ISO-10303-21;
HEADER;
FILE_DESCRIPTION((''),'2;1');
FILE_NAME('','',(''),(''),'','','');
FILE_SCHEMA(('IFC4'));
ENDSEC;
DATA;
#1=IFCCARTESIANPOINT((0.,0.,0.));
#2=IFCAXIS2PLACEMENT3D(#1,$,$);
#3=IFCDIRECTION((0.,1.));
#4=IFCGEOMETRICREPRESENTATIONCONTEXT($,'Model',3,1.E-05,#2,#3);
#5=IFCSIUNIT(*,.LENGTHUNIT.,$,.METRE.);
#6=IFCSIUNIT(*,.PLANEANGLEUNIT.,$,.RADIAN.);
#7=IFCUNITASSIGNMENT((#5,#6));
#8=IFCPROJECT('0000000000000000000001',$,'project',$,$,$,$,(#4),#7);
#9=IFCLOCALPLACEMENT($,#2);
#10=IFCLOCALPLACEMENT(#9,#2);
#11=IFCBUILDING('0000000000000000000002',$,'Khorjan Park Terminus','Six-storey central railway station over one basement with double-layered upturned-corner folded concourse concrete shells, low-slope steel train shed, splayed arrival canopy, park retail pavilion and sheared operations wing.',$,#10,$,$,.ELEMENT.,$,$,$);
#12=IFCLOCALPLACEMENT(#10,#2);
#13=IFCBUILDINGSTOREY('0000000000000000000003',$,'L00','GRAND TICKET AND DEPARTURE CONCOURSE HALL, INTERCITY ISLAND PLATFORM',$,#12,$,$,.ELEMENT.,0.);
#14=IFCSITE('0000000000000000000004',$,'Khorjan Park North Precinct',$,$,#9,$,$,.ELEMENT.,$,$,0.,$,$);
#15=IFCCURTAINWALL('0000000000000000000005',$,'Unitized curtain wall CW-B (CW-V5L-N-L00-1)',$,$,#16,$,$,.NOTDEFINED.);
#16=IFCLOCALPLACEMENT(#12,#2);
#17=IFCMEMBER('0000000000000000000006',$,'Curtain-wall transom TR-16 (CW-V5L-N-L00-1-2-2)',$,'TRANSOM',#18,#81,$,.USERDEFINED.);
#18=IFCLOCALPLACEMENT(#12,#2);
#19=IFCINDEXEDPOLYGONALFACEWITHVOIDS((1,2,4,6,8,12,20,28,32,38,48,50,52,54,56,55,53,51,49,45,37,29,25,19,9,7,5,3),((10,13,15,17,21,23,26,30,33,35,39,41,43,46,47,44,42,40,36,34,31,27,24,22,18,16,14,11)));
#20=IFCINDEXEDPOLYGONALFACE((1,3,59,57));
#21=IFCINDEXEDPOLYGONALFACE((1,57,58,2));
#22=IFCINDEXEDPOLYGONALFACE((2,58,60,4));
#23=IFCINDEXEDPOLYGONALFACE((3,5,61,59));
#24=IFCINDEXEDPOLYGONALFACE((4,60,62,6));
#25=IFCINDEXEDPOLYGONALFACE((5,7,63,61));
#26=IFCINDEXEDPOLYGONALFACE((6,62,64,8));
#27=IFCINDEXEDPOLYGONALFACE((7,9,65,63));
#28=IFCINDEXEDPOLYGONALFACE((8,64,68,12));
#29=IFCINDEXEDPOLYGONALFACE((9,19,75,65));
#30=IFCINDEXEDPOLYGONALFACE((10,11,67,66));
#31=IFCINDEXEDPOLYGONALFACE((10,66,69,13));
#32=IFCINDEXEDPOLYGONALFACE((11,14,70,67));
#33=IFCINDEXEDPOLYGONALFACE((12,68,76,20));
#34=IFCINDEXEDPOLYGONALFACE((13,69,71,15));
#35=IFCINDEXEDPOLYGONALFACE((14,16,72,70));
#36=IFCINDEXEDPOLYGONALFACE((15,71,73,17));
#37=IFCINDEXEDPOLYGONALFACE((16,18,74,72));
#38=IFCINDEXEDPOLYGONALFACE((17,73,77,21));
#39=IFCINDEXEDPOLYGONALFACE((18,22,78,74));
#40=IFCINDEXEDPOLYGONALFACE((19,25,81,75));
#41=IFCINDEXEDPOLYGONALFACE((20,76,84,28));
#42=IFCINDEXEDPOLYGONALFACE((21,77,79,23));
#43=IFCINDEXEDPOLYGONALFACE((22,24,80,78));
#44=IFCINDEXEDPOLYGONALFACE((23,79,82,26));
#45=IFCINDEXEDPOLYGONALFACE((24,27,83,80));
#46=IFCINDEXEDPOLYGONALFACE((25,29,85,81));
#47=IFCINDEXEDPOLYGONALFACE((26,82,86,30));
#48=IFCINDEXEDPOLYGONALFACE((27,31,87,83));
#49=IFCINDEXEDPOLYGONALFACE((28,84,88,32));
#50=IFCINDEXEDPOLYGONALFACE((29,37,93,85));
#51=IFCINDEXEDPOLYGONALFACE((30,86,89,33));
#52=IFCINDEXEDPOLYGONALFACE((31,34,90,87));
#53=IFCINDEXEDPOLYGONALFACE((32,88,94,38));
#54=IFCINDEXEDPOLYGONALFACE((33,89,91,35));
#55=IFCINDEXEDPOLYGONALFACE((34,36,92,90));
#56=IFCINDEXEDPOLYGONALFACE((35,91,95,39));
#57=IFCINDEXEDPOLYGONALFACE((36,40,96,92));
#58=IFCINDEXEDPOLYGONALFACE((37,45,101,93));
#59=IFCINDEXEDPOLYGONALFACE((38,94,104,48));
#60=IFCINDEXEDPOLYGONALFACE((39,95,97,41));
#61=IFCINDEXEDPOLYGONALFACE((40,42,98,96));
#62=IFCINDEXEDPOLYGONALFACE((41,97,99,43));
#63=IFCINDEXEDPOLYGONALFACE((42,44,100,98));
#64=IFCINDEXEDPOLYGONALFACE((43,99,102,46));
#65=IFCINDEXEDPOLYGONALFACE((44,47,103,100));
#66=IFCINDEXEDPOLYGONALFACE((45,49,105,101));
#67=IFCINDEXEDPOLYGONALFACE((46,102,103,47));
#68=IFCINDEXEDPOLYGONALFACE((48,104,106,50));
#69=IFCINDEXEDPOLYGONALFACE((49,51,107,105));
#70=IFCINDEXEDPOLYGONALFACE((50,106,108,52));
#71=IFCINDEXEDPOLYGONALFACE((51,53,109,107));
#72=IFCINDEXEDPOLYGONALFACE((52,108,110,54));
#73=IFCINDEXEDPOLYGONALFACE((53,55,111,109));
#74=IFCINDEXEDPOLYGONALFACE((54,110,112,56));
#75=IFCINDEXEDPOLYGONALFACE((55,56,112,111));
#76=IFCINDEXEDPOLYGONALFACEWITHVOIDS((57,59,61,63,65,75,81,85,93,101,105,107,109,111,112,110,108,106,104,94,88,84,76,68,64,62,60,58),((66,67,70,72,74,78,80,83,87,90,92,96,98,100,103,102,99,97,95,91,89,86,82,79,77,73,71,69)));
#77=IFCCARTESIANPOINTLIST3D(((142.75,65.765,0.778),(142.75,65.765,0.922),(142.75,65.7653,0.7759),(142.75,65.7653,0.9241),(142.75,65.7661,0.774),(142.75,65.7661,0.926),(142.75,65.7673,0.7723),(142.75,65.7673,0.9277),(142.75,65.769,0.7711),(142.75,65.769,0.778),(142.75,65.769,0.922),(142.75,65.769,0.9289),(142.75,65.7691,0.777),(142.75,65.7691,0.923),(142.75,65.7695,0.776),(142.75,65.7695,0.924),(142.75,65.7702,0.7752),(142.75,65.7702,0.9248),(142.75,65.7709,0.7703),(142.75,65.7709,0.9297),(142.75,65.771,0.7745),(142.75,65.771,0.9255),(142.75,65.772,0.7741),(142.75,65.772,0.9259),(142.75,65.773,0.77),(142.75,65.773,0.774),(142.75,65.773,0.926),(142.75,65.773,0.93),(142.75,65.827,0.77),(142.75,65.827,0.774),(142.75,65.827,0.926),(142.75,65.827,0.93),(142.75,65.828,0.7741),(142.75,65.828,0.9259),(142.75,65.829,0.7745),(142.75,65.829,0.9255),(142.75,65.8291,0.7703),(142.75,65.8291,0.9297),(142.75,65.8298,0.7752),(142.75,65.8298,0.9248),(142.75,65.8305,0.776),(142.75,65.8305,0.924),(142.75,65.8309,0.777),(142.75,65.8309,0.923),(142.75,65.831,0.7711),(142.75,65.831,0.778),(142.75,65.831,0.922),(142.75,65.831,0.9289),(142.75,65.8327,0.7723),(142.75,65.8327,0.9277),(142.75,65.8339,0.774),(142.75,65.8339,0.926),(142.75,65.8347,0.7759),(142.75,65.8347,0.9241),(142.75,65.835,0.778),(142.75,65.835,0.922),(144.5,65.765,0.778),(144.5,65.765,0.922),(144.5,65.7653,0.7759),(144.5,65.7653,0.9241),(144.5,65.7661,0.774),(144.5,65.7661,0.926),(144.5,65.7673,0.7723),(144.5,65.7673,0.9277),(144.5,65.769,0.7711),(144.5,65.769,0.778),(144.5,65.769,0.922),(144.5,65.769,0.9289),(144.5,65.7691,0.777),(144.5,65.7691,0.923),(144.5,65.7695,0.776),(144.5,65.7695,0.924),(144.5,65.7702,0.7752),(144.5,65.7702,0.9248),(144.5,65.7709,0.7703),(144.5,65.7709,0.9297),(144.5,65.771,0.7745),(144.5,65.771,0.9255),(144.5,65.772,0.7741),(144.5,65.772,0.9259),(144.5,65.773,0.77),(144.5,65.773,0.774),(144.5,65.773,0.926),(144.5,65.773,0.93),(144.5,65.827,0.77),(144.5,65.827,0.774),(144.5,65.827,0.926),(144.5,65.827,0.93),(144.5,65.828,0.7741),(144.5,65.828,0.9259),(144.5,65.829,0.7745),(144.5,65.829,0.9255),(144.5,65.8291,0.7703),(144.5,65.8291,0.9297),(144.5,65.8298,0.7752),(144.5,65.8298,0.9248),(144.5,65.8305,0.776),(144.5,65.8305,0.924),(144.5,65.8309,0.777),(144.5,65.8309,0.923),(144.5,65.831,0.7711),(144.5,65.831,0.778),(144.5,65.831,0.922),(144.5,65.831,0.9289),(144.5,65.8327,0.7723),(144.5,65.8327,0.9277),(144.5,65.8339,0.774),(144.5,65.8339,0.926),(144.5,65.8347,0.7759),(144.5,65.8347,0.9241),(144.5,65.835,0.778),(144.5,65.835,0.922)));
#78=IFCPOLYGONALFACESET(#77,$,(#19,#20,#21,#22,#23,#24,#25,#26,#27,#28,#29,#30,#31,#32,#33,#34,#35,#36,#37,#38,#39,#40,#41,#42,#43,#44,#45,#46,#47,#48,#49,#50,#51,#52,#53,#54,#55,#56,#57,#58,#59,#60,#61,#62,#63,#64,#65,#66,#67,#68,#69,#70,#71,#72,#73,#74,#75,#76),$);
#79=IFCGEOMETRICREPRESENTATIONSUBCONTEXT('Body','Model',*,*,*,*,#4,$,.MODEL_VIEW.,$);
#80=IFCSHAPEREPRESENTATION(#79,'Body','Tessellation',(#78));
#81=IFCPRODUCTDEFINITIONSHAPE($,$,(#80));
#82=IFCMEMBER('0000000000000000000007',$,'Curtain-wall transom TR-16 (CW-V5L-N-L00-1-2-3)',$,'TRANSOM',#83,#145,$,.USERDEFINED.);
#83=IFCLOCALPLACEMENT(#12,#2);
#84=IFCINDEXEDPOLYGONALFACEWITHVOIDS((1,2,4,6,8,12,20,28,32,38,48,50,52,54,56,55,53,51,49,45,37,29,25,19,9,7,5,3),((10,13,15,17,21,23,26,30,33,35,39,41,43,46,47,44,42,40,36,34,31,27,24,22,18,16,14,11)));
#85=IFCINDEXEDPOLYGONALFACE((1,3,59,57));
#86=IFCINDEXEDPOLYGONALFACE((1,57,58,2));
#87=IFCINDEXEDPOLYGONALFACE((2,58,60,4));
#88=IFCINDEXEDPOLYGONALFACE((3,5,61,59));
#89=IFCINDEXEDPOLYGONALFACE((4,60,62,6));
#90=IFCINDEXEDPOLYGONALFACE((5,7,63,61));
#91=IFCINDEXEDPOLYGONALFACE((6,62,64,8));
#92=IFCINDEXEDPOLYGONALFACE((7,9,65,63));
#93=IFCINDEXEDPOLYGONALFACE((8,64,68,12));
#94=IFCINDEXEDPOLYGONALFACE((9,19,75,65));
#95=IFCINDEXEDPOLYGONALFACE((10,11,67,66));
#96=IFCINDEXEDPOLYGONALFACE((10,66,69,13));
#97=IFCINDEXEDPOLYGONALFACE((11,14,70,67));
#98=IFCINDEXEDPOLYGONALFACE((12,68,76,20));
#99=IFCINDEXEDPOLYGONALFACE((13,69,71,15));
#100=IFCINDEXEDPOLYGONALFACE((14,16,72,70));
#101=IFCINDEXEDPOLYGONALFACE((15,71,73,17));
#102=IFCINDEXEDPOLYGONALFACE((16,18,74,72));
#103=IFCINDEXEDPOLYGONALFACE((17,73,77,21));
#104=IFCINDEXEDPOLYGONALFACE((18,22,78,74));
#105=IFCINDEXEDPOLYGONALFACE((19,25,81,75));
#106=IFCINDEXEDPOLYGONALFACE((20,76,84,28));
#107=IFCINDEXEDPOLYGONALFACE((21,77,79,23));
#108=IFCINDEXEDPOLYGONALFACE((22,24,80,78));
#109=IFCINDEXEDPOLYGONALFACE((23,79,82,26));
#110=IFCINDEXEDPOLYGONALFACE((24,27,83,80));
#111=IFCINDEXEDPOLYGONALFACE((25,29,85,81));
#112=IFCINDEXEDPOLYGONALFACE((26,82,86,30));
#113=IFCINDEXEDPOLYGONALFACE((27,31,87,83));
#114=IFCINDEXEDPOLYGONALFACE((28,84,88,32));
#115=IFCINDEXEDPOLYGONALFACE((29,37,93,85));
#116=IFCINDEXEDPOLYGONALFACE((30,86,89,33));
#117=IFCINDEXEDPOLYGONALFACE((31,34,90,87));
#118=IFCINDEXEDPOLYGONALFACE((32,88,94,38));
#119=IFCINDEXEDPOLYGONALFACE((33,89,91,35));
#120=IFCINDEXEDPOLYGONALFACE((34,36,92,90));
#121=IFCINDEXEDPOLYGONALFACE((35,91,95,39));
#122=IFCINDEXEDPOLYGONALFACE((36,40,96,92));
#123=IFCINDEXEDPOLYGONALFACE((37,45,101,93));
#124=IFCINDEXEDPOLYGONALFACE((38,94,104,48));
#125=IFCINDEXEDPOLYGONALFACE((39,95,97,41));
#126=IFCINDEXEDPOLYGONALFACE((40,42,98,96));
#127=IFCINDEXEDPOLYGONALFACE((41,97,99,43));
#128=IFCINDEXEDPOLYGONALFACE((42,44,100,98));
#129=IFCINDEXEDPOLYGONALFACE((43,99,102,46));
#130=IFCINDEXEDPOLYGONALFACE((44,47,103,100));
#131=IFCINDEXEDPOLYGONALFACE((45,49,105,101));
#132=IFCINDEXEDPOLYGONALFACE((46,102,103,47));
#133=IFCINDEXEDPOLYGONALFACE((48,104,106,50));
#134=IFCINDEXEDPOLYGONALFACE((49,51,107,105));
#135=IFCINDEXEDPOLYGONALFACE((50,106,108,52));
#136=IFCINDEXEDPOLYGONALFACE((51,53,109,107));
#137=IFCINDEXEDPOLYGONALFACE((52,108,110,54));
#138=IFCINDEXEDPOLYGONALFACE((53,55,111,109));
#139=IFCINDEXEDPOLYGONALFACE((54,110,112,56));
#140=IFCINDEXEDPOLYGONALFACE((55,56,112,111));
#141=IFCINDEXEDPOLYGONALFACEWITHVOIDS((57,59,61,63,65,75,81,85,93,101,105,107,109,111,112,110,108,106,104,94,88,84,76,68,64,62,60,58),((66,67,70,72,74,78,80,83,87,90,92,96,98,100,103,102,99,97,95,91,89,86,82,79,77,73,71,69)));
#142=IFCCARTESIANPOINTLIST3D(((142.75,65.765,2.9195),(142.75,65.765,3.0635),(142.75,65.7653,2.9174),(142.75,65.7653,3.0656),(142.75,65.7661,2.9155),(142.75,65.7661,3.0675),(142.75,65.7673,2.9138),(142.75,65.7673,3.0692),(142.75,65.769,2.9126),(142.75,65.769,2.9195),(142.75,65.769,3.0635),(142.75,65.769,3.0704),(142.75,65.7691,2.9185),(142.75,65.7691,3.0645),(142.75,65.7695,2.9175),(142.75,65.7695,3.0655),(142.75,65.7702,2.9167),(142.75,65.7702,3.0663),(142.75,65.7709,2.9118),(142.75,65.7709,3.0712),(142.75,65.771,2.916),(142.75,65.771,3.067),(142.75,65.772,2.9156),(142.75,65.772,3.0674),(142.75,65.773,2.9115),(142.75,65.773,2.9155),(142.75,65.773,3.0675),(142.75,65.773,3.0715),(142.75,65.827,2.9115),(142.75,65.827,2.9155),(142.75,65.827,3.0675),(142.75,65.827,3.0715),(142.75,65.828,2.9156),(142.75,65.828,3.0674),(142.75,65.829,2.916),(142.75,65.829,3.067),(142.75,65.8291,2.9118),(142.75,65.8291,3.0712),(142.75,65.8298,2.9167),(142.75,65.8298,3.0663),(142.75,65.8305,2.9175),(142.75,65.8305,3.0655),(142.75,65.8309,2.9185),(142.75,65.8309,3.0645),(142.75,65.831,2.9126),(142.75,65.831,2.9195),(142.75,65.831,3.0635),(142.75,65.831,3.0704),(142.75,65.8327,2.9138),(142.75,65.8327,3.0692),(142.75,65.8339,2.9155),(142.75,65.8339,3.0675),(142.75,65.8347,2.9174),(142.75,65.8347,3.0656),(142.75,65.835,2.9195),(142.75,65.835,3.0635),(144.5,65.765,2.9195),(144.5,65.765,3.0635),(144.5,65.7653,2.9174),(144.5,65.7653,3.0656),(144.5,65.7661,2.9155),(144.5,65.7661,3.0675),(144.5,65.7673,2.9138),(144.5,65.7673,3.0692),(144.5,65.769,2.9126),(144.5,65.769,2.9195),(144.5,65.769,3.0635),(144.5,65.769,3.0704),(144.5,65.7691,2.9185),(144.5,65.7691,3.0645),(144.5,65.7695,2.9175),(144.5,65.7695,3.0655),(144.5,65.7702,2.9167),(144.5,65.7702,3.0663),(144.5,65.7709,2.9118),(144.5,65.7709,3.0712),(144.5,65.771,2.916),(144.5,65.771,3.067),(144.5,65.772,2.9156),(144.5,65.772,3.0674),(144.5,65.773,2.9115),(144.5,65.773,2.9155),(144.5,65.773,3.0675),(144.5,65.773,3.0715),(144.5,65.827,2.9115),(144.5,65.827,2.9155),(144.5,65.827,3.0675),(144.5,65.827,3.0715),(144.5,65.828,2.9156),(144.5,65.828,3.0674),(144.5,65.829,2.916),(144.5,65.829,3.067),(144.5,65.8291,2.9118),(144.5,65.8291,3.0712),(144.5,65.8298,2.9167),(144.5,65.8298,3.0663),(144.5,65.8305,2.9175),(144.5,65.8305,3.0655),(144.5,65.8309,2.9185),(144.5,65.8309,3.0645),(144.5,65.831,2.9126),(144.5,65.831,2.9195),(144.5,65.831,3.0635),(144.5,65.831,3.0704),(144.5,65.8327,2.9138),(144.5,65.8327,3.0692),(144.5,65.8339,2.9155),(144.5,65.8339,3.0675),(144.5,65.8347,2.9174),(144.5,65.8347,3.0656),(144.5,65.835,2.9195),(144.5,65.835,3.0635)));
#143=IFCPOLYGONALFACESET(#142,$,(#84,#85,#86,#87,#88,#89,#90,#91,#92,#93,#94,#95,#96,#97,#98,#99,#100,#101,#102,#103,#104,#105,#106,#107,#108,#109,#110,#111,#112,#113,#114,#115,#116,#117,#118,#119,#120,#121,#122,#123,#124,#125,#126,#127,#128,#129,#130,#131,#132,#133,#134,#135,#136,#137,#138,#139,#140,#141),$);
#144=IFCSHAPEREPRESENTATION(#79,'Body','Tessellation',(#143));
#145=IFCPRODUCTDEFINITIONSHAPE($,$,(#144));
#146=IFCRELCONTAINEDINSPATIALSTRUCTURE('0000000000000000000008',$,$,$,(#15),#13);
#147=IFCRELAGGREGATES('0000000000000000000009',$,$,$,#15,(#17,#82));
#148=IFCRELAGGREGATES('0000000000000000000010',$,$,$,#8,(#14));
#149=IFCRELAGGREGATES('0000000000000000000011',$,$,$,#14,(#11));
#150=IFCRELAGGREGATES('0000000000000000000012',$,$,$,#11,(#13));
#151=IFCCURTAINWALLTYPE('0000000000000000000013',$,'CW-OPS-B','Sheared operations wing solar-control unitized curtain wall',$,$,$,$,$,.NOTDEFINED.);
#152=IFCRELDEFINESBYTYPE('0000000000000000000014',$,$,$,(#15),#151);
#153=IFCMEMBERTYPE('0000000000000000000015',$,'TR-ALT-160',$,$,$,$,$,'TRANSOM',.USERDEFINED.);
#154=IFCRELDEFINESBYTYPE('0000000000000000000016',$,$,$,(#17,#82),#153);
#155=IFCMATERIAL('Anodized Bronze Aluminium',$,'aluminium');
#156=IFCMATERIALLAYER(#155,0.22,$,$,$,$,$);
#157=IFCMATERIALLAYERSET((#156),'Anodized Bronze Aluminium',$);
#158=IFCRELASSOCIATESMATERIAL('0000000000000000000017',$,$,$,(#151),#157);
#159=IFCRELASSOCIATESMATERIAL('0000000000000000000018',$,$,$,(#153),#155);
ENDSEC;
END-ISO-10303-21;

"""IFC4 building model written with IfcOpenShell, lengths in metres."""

from ifc_helpers import new_model, si_unit, direction, frame, origin, origin_2d, place, context, subcontext, project, spatial, hollow_rectangle, extrude, material, layer, layer_set, material_profile, profile_set, type_object, element, aggregate, save


model = new_model("IFC4")

# Units and contexts
model_context = context("Model", 3, precision=1e-05, world=origin(), true_north=direction((0.0, 1.0)))
body_context = subcontext(model_context, "Body", "Model", "MODEL_VIEW")
ifc_project = project(units=[si_unit("LENGTHUNIT", "METRE"), si_unit("PLANEANGLEUNIT", "RADIAN")], contexts=[model_context])

# Site, building, storey
site_placement = place(None, origin())
site = spatial("IfcSite", under=ifc_project, at=site_placement, Name="Khorjan Park North Precinct", CompositionType="ELEMENT", RefElevation=0.0)
building_placement = place(site_placement, origin())
building = spatial("IfcBuilding", under=site, at=building_placement, Name="Khorjan Park Terminus", Description="Six-storey central railway station over one basement with double-layered upturned-corner folded concourse concrete shells, low-slope steel train shed, splayed arrival canopy, park retail pavilion and sheared operations wing.", CompositionType="ELEMENT")
storey_placement = place(building_placement, origin())
storey = spatial("IfcBuildingStorey", under=building, at=storey_placement, Name="L00", Description="GRAND TICKET AND DEPARTURE CONCOURSE HALL, INTERCITY ISLAND PLATFORM", CompositionType="ELEMENT", Elevation=0.0)

# Curtain wall, members
ifc_material_1 = material(Name="Anodized Bronze Aluminium", Category="aluminium")
ifc_layer_1 = layer(ifc_material_1, 0.22)
ifc_layer_set_1 = layer_set([ifc_layer_1], Name="Anodized Bronze Aluminium")
curtain_wall_type = type_object("IfcCurtainWallType", Name="CW-OPS-B", Description="Sheared operations wing solar-control unitized curtain wall", PredefinedType="NOTDEFINED", material=ifc_layer_set_1)
curtain_wall_placement = place(storey_placement, origin())
curtain_wall = element("IfcCurtainWall", 1, at=curtain_wall_placement, inside=storey, type_object=curtain_wall_type, Name="Unitized curtain wall CW-B (CW-V5L-N-L00-1)", PredefinedType="NOTDEFINED")
ifc_material_profile_1 = material_profile(ifc_material_1, hollow_rectangle(XDim=0.07, YDim=0.16, WallThickness=0.004, InnerFilletRadius=0.004, OuterFilletRadius=0.008, at=origin_2d()), Name="ALT 70x160x4")
ifc_profile_set_1 = profile_set([ifc_material_profile_1], Name="Anodized Bronze Aluminium")
member_type_1 = type_object("IfcMemberType", Name="TR-ALT-160", ElementType="TRANSOM", PredefinedType="USERDEFINED", material=ifc_profile_set_1)
member_1_placement = place(storey_placement, frame((144.5, 65.8, 0.85), z_axis=(-1.0, 0.0, 0.0), x_axis=(0.0, -1.0, 0.0)))
member_1 = element("IfcMember", 2, at=member_1_placement, type_object=member_type_1, Name="Curtain-wall transom TR-16 (CW-V5L-N-L00-1-2-2)", ObjectType="TRANSOM", PredefinedType="USERDEFINED", context=body_context, shape_type="SweptSolid", body=[
    extrude(hollow_rectangle(XDim=0.07, YDim=0.16, WallThickness=0.004, InnerFilletRadius=0.004, OuterFilletRadius=0.008, at=origin_2d()), origin(), (0.0, 0.0, 1.0), 1.75),
])
member_2_placement = place(storey_placement, frame((144.5, 65.8, 2.9915), z_axis=(-1.0, 0.0, 0.0), x_axis=(0.0, -1.0, 0.0)))
member_2 = element("IfcMember", 3, at=member_2_placement, type_object=member_type_1, Name="Curtain-wall transom TR-16 (CW-V5L-N-L00-1-2-3)", ObjectType="TRANSOM", PredefinedType="USERDEFINED", context=body_context, shape_type="SweptSolid", body=[
    extrude(hollow_rectangle(XDim=0.07, YDim=0.16, WallThickness=0.004, InnerFilletRadius=0.004, OuterFilletRadius=0.008, at=origin_2d()), origin(), (0.0, 0.0, 1.0), 1.75),
])
aggregate(curtain_wall, [member_1, member_2])

save(model, "model.ifc")
